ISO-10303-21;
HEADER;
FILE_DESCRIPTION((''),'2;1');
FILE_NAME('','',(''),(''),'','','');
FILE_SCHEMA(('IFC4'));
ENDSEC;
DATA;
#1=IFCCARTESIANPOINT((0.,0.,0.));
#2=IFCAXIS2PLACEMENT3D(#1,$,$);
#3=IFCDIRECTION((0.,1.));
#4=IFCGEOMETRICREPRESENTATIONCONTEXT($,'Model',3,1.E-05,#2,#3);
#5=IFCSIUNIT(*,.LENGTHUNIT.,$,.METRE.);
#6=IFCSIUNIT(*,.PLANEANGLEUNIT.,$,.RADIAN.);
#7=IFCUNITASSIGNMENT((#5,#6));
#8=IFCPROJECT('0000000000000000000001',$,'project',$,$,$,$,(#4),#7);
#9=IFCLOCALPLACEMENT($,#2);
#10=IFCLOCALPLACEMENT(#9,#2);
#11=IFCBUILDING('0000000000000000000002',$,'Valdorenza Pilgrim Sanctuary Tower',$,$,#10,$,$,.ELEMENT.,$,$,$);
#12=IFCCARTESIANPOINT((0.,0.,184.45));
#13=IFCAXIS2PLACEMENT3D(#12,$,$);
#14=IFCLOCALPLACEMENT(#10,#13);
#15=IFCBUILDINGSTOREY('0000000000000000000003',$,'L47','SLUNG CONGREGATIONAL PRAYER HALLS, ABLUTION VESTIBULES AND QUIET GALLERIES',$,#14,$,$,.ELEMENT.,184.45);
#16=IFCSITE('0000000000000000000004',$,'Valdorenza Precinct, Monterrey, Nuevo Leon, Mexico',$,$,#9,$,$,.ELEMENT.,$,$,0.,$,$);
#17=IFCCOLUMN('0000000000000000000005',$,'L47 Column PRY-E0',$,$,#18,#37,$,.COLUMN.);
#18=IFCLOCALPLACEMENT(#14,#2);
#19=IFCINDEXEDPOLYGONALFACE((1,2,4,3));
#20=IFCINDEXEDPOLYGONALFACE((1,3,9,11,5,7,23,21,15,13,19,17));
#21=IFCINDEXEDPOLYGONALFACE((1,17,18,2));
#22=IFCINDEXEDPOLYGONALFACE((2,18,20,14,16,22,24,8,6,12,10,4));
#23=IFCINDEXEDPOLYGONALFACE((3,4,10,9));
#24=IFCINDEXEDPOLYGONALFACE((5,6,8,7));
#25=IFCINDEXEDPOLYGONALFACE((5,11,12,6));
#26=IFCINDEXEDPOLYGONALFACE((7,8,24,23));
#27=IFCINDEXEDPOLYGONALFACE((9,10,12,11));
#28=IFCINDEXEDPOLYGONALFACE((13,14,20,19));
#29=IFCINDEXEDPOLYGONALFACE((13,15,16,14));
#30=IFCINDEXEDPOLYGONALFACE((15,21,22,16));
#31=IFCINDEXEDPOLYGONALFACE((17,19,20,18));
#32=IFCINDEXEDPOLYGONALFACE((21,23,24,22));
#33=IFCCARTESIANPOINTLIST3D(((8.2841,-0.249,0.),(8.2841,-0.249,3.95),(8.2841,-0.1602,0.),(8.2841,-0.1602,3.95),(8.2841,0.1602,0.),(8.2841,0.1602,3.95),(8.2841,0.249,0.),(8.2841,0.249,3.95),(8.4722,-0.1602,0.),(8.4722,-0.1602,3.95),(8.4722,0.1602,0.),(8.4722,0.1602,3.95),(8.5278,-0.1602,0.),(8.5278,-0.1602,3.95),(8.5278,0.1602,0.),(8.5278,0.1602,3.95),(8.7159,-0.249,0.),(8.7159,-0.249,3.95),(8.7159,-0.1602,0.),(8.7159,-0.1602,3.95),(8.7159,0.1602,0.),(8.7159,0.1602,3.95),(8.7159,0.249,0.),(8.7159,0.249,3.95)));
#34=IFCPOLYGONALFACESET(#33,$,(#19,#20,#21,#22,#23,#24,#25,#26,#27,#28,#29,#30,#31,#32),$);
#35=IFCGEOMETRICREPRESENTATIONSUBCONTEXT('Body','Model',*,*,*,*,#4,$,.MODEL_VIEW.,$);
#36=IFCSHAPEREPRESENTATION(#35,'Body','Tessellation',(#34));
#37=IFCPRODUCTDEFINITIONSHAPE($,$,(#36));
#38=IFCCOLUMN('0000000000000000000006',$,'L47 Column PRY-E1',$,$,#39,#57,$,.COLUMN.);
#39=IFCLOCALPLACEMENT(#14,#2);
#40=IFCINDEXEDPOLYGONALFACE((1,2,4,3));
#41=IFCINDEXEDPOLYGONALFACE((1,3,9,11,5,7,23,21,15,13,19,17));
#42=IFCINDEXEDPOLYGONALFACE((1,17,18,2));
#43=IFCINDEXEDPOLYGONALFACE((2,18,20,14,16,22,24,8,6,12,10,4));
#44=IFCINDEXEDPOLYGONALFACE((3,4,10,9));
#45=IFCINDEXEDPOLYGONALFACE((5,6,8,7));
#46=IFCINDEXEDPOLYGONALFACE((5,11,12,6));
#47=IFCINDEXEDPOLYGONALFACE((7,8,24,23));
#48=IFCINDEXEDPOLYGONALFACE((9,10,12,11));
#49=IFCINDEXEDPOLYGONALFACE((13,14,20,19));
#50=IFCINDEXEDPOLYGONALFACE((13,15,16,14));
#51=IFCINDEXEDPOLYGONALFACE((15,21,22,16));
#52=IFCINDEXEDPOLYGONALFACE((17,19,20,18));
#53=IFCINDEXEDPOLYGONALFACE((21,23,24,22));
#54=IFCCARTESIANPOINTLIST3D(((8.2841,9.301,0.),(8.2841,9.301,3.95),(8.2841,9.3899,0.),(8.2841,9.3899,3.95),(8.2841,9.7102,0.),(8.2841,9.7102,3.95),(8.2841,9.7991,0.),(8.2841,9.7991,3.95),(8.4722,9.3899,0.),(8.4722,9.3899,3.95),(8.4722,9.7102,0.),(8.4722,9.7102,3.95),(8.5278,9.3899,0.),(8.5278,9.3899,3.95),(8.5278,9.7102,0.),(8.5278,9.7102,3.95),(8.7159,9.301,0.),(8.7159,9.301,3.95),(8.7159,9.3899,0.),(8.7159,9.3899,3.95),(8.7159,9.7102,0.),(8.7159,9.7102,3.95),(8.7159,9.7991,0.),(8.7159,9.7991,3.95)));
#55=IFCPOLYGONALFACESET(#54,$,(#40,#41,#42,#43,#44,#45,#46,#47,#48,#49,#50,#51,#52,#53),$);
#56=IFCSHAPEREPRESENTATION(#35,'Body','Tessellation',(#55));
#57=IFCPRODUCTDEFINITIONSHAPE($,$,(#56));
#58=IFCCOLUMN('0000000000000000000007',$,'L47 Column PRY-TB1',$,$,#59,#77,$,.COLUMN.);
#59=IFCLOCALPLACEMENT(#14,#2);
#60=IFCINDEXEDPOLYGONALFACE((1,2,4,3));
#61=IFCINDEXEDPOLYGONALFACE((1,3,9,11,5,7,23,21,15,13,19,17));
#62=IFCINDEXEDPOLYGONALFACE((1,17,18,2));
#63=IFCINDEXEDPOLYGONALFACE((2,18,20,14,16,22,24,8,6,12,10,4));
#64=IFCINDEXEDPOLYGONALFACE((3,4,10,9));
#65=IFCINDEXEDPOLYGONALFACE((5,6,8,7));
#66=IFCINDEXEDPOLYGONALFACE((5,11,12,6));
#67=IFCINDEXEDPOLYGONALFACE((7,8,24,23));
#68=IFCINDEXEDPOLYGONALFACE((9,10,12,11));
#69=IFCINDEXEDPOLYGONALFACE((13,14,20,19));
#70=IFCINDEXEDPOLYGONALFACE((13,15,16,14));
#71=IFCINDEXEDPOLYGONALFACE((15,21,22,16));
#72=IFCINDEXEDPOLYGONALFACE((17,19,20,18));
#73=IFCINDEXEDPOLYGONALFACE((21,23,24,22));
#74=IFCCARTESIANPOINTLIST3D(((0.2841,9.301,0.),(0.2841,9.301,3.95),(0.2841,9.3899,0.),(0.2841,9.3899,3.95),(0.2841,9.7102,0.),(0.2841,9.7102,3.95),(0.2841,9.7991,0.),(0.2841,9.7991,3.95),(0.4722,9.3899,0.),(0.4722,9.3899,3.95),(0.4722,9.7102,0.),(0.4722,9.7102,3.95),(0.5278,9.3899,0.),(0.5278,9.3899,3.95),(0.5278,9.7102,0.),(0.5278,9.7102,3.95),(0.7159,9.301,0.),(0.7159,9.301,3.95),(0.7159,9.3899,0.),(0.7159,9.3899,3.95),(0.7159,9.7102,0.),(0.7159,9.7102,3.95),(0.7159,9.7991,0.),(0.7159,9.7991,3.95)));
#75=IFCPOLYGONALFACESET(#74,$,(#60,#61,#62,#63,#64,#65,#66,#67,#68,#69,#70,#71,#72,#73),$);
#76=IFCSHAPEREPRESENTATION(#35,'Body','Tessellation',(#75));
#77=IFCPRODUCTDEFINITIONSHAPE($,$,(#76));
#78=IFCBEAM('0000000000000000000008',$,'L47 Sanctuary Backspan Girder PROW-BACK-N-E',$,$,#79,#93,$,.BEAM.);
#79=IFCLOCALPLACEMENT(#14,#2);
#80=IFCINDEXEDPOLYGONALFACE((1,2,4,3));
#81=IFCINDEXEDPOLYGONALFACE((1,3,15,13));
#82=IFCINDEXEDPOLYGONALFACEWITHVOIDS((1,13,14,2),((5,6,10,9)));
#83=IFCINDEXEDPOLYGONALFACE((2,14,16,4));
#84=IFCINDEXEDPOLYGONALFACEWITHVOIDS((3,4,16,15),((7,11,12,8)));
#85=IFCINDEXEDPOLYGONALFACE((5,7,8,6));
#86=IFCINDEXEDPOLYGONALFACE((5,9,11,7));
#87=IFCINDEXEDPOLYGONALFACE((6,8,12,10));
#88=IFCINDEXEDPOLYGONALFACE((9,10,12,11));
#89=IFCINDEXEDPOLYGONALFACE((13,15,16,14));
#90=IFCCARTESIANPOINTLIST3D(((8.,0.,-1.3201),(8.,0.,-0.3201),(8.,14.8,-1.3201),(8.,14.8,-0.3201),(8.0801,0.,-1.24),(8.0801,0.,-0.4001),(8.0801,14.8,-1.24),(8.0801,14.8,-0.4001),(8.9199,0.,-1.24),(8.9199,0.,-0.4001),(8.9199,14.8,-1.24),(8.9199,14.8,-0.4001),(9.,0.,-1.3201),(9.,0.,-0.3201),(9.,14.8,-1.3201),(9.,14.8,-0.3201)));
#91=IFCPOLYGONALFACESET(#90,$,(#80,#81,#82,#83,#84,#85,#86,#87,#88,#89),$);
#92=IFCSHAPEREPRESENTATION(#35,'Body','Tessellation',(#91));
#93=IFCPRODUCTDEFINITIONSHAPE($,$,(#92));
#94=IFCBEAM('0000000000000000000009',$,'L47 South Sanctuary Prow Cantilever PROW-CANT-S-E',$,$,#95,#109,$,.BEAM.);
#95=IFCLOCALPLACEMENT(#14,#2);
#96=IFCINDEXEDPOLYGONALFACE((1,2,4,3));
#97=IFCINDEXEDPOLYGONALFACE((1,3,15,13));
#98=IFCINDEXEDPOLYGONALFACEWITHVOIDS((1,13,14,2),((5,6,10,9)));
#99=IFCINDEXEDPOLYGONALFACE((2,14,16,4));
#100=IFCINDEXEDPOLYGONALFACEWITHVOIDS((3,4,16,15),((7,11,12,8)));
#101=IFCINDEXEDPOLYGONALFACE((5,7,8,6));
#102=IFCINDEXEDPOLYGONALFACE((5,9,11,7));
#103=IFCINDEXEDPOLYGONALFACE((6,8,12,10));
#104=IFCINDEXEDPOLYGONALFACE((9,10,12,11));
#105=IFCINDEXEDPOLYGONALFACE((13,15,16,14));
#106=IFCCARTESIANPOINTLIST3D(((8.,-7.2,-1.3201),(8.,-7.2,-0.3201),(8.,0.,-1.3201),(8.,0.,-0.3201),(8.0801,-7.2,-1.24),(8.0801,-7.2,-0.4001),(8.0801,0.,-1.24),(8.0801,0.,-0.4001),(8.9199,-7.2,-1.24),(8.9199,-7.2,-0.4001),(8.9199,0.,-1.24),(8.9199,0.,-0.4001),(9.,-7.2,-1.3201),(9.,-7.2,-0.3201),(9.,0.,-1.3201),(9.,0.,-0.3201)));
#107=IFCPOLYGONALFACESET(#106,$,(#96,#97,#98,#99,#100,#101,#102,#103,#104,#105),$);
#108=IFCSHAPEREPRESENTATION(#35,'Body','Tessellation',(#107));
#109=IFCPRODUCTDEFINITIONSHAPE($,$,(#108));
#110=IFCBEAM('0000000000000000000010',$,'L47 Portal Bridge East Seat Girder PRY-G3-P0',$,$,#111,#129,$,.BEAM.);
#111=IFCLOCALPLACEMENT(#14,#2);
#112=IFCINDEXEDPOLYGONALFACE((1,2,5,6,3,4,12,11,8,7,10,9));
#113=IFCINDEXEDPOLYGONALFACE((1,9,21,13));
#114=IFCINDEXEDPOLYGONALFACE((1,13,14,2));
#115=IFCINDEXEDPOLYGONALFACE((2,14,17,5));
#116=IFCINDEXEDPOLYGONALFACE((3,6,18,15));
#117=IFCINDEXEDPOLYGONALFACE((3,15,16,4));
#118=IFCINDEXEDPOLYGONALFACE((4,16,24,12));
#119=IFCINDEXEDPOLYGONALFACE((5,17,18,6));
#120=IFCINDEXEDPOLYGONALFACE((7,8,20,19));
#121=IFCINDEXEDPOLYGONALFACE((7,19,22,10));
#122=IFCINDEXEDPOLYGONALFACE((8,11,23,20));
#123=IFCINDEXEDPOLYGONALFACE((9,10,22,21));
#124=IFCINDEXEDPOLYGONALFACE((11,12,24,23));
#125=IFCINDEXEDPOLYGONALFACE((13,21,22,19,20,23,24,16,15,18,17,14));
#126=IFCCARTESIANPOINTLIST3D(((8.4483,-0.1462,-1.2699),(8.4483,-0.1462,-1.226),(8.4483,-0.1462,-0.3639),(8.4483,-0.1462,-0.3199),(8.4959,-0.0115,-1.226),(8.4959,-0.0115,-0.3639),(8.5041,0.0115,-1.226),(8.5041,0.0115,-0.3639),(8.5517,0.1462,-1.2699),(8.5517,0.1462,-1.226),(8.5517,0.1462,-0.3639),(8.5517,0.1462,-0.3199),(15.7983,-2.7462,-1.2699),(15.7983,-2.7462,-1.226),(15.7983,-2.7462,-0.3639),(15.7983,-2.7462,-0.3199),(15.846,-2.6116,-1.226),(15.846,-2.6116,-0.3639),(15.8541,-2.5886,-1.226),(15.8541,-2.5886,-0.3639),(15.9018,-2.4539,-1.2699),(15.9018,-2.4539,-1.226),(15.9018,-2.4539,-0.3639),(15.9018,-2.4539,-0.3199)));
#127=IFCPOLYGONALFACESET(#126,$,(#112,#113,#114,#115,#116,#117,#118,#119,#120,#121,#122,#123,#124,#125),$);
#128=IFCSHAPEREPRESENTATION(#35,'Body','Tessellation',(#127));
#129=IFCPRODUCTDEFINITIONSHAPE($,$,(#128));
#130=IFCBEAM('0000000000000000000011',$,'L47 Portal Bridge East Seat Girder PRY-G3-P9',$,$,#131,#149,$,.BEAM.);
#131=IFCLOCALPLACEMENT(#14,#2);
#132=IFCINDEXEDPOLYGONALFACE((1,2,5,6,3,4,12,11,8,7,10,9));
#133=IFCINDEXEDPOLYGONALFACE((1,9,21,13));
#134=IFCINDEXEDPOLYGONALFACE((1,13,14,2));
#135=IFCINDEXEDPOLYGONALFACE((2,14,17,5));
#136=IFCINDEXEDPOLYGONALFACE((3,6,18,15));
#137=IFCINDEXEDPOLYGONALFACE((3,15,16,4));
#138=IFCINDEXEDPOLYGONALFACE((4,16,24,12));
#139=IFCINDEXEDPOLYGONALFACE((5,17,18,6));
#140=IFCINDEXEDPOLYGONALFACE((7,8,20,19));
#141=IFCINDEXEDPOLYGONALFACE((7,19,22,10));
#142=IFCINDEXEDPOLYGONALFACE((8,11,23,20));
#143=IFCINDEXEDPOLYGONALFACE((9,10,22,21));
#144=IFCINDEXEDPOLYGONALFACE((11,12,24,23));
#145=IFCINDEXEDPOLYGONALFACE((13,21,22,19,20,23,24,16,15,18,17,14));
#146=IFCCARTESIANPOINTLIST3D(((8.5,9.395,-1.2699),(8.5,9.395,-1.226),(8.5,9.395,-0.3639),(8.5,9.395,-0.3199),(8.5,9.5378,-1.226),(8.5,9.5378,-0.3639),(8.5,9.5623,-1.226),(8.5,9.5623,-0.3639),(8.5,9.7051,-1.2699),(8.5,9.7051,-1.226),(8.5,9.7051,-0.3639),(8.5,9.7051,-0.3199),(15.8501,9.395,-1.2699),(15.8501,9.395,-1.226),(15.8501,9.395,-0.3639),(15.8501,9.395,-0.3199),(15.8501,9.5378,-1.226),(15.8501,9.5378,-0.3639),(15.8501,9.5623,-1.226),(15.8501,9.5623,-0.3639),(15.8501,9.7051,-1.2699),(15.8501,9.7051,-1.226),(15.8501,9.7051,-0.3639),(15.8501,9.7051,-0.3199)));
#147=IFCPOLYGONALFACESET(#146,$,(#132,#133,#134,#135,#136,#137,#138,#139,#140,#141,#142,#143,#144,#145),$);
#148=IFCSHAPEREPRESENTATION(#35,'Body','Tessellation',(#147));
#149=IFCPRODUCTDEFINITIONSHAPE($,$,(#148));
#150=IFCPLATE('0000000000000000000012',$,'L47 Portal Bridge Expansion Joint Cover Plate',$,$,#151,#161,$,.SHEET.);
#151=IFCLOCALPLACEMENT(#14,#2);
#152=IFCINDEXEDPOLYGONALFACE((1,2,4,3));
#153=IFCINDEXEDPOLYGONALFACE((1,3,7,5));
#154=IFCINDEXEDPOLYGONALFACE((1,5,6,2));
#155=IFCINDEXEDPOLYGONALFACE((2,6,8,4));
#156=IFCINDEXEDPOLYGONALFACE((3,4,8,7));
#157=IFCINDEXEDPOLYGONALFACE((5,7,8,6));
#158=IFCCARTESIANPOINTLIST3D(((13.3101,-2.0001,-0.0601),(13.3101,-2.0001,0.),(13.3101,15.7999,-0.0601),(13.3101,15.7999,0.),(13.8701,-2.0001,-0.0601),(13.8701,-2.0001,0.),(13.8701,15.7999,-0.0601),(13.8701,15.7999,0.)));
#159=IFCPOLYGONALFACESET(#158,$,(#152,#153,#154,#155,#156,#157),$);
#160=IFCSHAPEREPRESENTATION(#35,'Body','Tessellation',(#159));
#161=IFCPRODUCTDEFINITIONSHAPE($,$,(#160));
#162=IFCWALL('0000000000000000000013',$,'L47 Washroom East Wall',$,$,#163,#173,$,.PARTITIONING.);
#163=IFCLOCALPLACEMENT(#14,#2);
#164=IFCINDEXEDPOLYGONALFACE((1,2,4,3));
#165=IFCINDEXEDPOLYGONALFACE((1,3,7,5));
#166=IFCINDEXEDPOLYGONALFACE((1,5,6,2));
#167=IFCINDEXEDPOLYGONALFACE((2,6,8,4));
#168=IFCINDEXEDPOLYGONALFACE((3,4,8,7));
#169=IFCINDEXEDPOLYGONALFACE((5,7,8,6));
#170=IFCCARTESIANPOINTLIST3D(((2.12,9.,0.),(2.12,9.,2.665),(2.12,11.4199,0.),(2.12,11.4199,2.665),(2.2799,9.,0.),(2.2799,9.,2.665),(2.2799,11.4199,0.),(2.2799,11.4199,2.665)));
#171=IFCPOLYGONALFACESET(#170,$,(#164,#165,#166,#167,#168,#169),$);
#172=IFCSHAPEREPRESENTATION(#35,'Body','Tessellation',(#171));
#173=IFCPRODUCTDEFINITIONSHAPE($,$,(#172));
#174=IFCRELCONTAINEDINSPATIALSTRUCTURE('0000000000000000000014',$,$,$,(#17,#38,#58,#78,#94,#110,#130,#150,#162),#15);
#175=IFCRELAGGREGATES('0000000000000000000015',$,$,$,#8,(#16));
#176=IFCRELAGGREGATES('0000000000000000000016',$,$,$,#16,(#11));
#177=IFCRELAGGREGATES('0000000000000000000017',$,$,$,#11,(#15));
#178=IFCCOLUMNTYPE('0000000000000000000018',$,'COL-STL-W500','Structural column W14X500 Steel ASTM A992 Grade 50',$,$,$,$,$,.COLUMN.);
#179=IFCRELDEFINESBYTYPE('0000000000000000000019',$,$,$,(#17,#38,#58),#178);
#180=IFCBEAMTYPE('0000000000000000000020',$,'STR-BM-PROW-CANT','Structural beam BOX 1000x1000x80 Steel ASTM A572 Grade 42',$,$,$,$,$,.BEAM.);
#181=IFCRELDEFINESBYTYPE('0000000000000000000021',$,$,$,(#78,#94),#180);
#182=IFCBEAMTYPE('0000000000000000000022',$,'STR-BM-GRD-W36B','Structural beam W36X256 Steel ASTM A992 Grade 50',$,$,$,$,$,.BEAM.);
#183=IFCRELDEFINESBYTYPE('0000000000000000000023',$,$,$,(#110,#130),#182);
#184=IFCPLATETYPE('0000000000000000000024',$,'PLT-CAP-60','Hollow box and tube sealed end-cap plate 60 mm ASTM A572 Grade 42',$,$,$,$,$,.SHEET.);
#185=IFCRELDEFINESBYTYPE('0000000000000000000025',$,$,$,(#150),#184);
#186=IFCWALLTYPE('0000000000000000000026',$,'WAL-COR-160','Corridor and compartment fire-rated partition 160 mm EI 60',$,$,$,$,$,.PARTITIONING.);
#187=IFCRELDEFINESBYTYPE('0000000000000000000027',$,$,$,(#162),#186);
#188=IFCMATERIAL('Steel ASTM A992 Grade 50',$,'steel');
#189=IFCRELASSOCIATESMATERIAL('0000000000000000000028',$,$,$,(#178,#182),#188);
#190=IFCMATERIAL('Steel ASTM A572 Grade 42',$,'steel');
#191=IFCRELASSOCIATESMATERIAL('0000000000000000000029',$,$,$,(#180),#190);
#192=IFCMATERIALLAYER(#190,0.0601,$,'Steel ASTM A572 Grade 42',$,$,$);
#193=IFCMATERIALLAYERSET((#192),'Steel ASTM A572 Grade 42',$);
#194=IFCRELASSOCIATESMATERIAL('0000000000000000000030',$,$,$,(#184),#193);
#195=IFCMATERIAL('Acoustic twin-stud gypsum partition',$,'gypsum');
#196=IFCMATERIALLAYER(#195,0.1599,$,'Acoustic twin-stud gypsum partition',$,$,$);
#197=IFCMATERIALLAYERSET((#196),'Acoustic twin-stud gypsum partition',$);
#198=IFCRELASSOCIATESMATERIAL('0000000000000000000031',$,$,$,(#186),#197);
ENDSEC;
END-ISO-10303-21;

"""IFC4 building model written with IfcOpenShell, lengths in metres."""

from ifc_helpers import new_model, si_unit, direction, frame, frame_2d, origin, origin_2d, place, context, subcontext, project, spatial, rectangle, hollow_rectangle, i_section, extrude, source, transform, mapped, material, layer, layer_set, material_profile, profile_set, type_object, element, save


model = new_model("IFC4")

# Units and contexts
model_context = context("Model", 3, precision=1e-05, world=origin(), true_north=direction((0.0, 1.0)))
body_context = subcontext(model_context, "Body", "Model", "MODEL_VIEW")
ifc_project = project(units=[si_unit("LENGTHUNIT", "METRE"), si_unit("PLANEANGLEUNIT", "RADIAN")], contexts=[model_context])

# Site, building, storey
site_placement = place(None, origin())
site = spatial("IfcSite", under=ifc_project, at=site_placement, Name="Valdorenza Precinct, Monterrey, Nuevo Leon, Mexico", CompositionType="ELEMENT", RefElevation=0.0)
building_placement = place(site_placement, origin())
building = spatial("IfcBuilding", under=site, at=building_placement, Name="Valdorenza Pilgrim Sanctuary Tower", CompositionType="ELEMENT")
storey_placement = place(building_placement, frame((0.0, 0.0, 184.45)))
storey = spatial("IfcBuildingStorey", under=building, at=storey_placement, Name="L47", Description="SLUNG CONGREGATIONAL PRAYER HALLS, ABLUTION VESTIBULES AND QUIET GALLERIES", CompositionType="ELEMENT", Elevation=184.45)

# Columns
ifc_material_1 = material(Name="Steel ASTM A992 Grade 50", Category="steel")
ifc_material_profile_1 = material_profile(ifc_material_1, i_section(OverallWidth=0.4319, OverallDepth=0.498, WebThickness=0.0557, FlangeThickness=0.0889, at=origin_2d()), Name="W14X500")
ifc_profile_set_1 = profile_set([ifc_material_profile_1], Name="Steel ASTM A992 Grade 50")
column_type = type_object("IfcColumnType", Name="COL-STL-W500", Description="Structural column W14X500 Steel ASTM A992 Grade 50", PredefinedType="COLUMN", material=ifc_profile_set_1)
shared_shape_1 = source(origin(), body_context, "Body", "SweptSolid", [
    extrude(i_section(OverallWidth=0.4319, OverallDepth=0.498, WebThickness=0.0557, FlangeThickness=0.0889, at=origin_2d()), origin(), (0.0, 0.0, 1.0), 3.95),
])
for number, where, z_axis, x_axis, name in (
    (1, (8.5, 0.0, 0.0), (0.0, 0.0, 1.0), (1.0, 0.0, 0.0), "L47 Column PRY-E0"),
    (2, (8.5, 9.55, 0.0), (0.0, 0.0, 1.0), (1.0, 0.0, 0.0), "L47 Column PRY-E1"),
    (3, (0.5, 9.55, 0.0), (0.0, 0.0, 1.0), (1.0, 0.0, 0.0), "L47 Column PRY-TB1"),
):
    element("IfcColumn", number, at=place(storey_placement, frame(where, z_axis=z_axis, x_axis=x_axis)), inside=storey, type_object=column_type, Name=name, PredefinedType="COLUMN", context=body_context, shape_type="MappedRepresentation", body=[
        mapped(shared_shape_1, transform((0.0, 0.0, 0.0), x_axis=(1.0, 0.0, 0.0), y_axis=(0.0, 1.0, 0.0), z_axis=(0.0, 0.0, 1.0), scale=1.0)),
    ])

# Beams
ifc_material_2 = material(Name="Steel ASTM A572 Grade 42", Category="steel")
ifc_material_profile_2 = material_profile(ifc_material_2, hollow_rectangle(XDim=1.0, YDim=1.0, WallThickness=0.0801, at=origin_2d()), Name="BOX 1000x1000x80")
ifc_profile_set_2 = profile_set([ifc_material_profile_2], Name="Steel ASTM A572 Grade 42")
beam_type_1 = type_object("IfcBeamType", Name="STR-BM-PROW-CANT", Description="Structural beam BOX 1000x1000x80 Steel ASTM A572 Grade 42", PredefinedType="BEAM", material=ifc_profile_set_2)
shared_shape_2 = source(origin(), body_context, "Body", "SweptSolid", [
    extrude(hollow_rectangle(XDim=1.0, YDim=1.0, WallThickness=0.0801, at=origin_2d()), origin(), (0.0, 0.0, 1.0), 14.8),
])
beam_1_placement = place(storey_placement, frame((8.5, 0.0, -0.8201), z_axis=(0.0, 1.0, 0.0), x_axis=(-1.0, 0.0, 0.0)))
element("IfcBeam", 4, at=beam_1_placement, inside=storey, type_object=beam_type_1, Name="L47 Sanctuary Backspan Girder PROW-BACK-N-E", PredefinedType="BEAM", context=body_context, shape_type="MappedRepresentation", body=[
    mapped(shared_shape_2, transform((0.0, 0.0, 0.0), x_axis=(1.0, 0.0, 0.0), y_axis=(0.0, 1.0, 0.0), z_axis=(0.0, 0.0, 1.0), scale=1.0)),
])
shared_shape_3 = source(origin(), body_context, "Body", "SweptSolid", [
    extrude(hollow_rectangle(XDim=1.0, YDim=1.0, WallThickness=0.0801, at=origin_2d()), origin(), (0.0, 0.0, 1.0), 7.2),
])
beam_2_placement = place(storey_placement, frame((8.5, 0.0, -0.8201), z_axis=(0.0, -1.0, 0.0), x_axis=(1.0, 0.0, 0.0)))
element("IfcBeam", 5, at=beam_2_placement, inside=storey, type_object=beam_type_1, Name="L47 South Sanctuary Prow Cantilever PROW-CANT-S-E", PredefinedType="BEAM", context=body_context, shape_type="MappedRepresentation", body=[
    mapped(shared_shape_3, transform((0.0, 0.0, 0.0), x_axis=(1.0, 0.0, 0.0), y_axis=(0.0, 1.0, 0.0), z_axis=(0.0, 0.0, 1.0), scale=1.0)),
])
ifc_material_profile_3 = material_profile(ifc_material_1, i_section(OverallWidth=0.3101, OverallDepth=0.95, WebThickness=0.0244, FlangeThickness=0.0439, at=origin_2d()), Name="W36X256")
ifc_profile_set_3 = profile_set([ifc_material_profile_3], Name="Steel ASTM A992 Grade 50")
beam_type_2 = type_object("IfcBeamType", Name="STR-BM-GRD-W36B", Description="Structural beam W36X256 Steel ASTM A992 Grade 50", PredefinedType="BEAM", material=ifc_profile_set_3)
shared_shape_4 = source(origin(), body_context, "Body", "SweptSolid", [
    extrude(i_section(OverallWidth=0.3101, OverallDepth=0.95, WebThickness=0.0244, FlangeThickness=0.0439, at=origin_2d()), origin(), (0.0, 0.0, 1.0), 7.7964),
])
beam_3_placement = place(storey_placement, frame((8.5, 0.0, -0.7949), z_axis=(0.942751, -0.333498, 0.0), x_axis=(0.333498, 0.942751, 0.0)))
element("IfcBeam", 6, at=beam_3_placement, inside=storey, type_object=beam_type_2, Name="L47 Portal Bridge East Seat Girder PRY-G3-P0", PredefinedType="BEAM", context=body_context, shape_type="MappedRepresentation", body=[
    mapped(shared_shape_4, transform((0.0, 0.0, 0.0), x_axis=(1.0, 0.0, 0.0), y_axis=(0.0, 1.0, 0.0), z_axis=(0.0, 0.0, 1.0), scale=1.0)),
])
shared_shape_5 = source(origin(), body_context, "Body", "SweptSolid", [
    extrude(i_section(OverallWidth=0.3101, OverallDepth=0.95, WebThickness=0.0244, FlangeThickness=0.0439, at=origin_2d()), origin(), (0.0, 0.0, 1.0), 7.3501),
])
beam_4_placement = place(storey_placement, frame((8.5, 9.55, -0.7949), z_axis=(1.0, 0.0, 0.0), x_axis=(0.0, 1.0, 0.0)))
element("IfcBeam", 7, at=beam_4_placement, inside=storey, type_object=beam_type_2, Name="L47 Portal Bridge East Seat Girder PRY-G3-P9", PredefinedType="BEAM", context=body_context, shape_type="MappedRepresentation", body=[
    mapped(shared_shape_5, transform((0.0, 0.0, 0.0), x_axis=(1.0, 0.0, 0.0), y_axis=(0.0, 1.0, 0.0), z_axis=(0.0, 0.0, 1.0), scale=1.0)),
])

# Plate
ifc_layer_1 = layer(ifc_material_2, 0.0601, Name="Steel ASTM A572 Grade 42")
ifc_layer_set_1 = layer_set([ifc_layer_1], Name="Steel ASTM A572 Grade 42")
plate_type = type_object("IfcPlateType", Name="PLT-CAP-60", Description="Hollow box and tube sealed end-cap plate 60 mm ASTM A572 Grade 42", PredefinedType="SHEET", material=ifc_layer_set_1)
shared_shape_6 = source(origin(), body_context, "Body", "SweptSolid", [
    extrude(rectangle(XDim=0.5601, YDim=17.8, at=origin_2d()), origin(), (0.0, 0.0, 1.0), 0.0601),
])
plate_placement = place(storey_placement, frame((13.5901, 6.8999, -0.0601), z_axis=(0.0, 0.0, 1.0), x_axis=(1.0, 0.0, 0.0)))
element("IfcPlate", 8, at=plate_placement, inside=storey, type_object=plate_type, Name="L47 Portal Bridge Expansion Joint Cover Plate", PredefinedType="SHEET", context=body_context, shape_type="MappedRepresentation", body=[
    mapped(shared_shape_6, transform((0.0, 0.0, 0.0), x_axis=(1.0, 0.0, 0.0), y_axis=(0.0, 1.0, 0.0), z_axis=(0.0, 0.0, 1.0), scale=1.0)),
])

# Shared definitions
ifc_material_3 = material(Name="Acoustic twin-stud gypsum partition", Category="gypsum")
ifc_layer_2 = layer(ifc_material_3, 0.1599, Name="Acoustic twin-stud gypsum partition")
ifc_layer_set_2 = layer_set([ifc_layer_2], Name="Acoustic twin-stud gypsum partition")
wall_type_1 = type_object("IfcWallType", Name="WAL-COR-160", Description="Corridor and compartment fire-rated partition 160 mm EI 60", PredefinedType="PARTITIONING", material=ifc_layer_set_2)

# Wall
wall_1_placement = place(storey_placement, frame((2.2, 9.0, 0.0), z_axis=(0.0, 0.0, 1.0), x_axis=(0.0, 1.0, 0.0)))
element("IfcWall", 9, at=wall_1_placement, inside=storey, type_object=wall_type_1, Name="L47 Washroom East Wall", PredefinedType="PARTITIONING", context=body_context, shape_type="SweptSolid", body=[
    extrude(rectangle(XDim=2.4199, YDim=0.1599, at=frame_2d((1.21, 0.0))), origin(), (0.0, 0.0, 1.0), 2.665),
])

save(model, "model.ifc")
